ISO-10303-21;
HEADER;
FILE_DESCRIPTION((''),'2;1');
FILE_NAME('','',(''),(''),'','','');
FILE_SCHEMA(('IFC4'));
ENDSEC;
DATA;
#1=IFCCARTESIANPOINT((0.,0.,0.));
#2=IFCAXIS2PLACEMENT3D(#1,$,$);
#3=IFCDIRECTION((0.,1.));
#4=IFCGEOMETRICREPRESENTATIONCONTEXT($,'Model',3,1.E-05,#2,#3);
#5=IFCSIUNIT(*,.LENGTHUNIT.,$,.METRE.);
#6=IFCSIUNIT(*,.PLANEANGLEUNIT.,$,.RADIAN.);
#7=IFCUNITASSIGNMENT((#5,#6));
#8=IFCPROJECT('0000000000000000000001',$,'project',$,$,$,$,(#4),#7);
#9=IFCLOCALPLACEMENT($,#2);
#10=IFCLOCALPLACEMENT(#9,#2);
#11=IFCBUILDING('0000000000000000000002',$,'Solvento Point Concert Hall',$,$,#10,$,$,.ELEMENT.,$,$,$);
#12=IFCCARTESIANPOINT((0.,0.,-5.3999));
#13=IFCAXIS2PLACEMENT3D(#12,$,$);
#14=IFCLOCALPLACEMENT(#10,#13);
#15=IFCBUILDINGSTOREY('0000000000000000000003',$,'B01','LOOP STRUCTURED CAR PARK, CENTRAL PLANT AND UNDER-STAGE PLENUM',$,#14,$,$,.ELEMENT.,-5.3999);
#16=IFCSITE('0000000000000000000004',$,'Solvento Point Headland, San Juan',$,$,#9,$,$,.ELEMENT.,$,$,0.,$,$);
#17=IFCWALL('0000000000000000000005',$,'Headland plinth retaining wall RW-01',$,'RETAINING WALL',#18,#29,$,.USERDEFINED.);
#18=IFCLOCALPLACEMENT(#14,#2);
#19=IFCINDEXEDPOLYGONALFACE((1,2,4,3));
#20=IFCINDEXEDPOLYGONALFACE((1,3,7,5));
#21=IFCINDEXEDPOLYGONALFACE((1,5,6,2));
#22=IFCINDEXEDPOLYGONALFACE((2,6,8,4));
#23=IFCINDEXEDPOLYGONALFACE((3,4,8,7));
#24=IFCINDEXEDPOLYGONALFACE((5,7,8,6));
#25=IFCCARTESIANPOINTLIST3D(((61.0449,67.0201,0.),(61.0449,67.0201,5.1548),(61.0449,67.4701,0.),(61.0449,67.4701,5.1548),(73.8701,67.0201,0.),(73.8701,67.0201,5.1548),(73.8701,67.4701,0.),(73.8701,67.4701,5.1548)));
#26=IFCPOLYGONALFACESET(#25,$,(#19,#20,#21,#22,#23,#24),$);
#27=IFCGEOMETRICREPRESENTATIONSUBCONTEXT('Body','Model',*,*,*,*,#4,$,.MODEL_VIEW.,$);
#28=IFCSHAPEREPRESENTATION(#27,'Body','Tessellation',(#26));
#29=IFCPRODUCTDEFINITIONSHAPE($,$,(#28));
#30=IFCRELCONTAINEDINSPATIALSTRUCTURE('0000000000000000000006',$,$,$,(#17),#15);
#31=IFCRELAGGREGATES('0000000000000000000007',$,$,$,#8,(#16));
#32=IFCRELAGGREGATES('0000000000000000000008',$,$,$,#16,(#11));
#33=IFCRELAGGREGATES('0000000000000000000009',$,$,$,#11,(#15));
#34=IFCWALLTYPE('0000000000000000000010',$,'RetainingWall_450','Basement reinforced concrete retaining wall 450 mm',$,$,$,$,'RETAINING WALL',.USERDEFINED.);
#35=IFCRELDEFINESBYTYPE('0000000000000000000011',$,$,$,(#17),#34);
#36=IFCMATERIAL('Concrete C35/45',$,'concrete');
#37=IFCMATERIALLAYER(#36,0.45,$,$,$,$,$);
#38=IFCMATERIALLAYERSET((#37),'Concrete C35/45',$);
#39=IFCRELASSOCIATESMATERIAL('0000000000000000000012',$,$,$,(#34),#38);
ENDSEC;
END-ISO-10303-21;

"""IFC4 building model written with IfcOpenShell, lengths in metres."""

from ifc_helpers import new_model, si_unit, direction, frame, frame_2d, origin, place, context, subcontext, project, spatial, rectangle, extrude, material, layer, layer_set, type_object, element, save


model = new_model("IFC4")

# Units and contexts
model_context = context("Model", 3, precision=1e-05, world=origin(), true_north=direction((0.0, 1.0)))
body_context = subcontext(model_context, "Body", "Model", "MODEL_VIEW")
ifc_project = project(units=[si_unit("LENGTHUNIT", "METRE"), si_unit("PLANEANGLEUNIT", "RADIAN")], contexts=[model_context])

# Site, building, storey
site_placement = place(None, origin())
site = spatial("IfcSite", under=ifc_project, at=site_placement, Name="Solvento Point Headland, San Juan", CompositionType="ELEMENT", RefElevation=0.0)
building_placement = place(site_placement, origin())
building = spatial("IfcBuilding", under=site, at=building_placement, Name="Solvento Point Concert Hall", CompositionType="ELEMENT")
storey_placement = place(building_placement, frame((0.0, 0.0, -5.3999)))
storey = spatial("IfcBuildingStorey", under=building, at=storey_placement, Name="B01", Description="LOOP STRUCTURED CAR PARK, CENTRAL PLANT AND UNDER-STAGE PLENUM", CompositionType="ELEMENT", Elevation=-5.3999)

# Wall
ifc_material_1 = material(Name="Concrete C35/45", Category="concrete")
ifc_layer_1 = layer(ifc_material_1, 0.45)
ifc_layer_set_1 = layer_set([ifc_layer_1], Name="Concrete C35/45")
wall_type_1 = type_object("IfcWallType", Name="RetainingWall_450", Description="Basement reinforced concrete retaining wall 450 mm", ElementType="RETAINING WALL", PredefinedType="USERDEFINED", material=ifc_layer_set_1)
wall_1_placement = place(storey_placement, frame((73.8701, 67.2451, 0.0), z_axis=(0.0, 0.0, 1.0), x_axis=(-1.0, 0.0, 0.0)))
element("IfcWall", 1, at=wall_1_placement, inside=storey, type_object=wall_type_1, Name="Headland plinth retaining wall RW-01", ObjectType="RETAINING WALL", PredefinedType="USERDEFINED", context=body_context, shape_type="SweptSolid", body=[
    extrude(rectangle(XDim=12.8252, YDim=0.45, at=frame_2d((6.4126, 0.0))), origin(), (0.0, 0.0, 1.0), 5.1548),
])

save(model, "model.ifc")
